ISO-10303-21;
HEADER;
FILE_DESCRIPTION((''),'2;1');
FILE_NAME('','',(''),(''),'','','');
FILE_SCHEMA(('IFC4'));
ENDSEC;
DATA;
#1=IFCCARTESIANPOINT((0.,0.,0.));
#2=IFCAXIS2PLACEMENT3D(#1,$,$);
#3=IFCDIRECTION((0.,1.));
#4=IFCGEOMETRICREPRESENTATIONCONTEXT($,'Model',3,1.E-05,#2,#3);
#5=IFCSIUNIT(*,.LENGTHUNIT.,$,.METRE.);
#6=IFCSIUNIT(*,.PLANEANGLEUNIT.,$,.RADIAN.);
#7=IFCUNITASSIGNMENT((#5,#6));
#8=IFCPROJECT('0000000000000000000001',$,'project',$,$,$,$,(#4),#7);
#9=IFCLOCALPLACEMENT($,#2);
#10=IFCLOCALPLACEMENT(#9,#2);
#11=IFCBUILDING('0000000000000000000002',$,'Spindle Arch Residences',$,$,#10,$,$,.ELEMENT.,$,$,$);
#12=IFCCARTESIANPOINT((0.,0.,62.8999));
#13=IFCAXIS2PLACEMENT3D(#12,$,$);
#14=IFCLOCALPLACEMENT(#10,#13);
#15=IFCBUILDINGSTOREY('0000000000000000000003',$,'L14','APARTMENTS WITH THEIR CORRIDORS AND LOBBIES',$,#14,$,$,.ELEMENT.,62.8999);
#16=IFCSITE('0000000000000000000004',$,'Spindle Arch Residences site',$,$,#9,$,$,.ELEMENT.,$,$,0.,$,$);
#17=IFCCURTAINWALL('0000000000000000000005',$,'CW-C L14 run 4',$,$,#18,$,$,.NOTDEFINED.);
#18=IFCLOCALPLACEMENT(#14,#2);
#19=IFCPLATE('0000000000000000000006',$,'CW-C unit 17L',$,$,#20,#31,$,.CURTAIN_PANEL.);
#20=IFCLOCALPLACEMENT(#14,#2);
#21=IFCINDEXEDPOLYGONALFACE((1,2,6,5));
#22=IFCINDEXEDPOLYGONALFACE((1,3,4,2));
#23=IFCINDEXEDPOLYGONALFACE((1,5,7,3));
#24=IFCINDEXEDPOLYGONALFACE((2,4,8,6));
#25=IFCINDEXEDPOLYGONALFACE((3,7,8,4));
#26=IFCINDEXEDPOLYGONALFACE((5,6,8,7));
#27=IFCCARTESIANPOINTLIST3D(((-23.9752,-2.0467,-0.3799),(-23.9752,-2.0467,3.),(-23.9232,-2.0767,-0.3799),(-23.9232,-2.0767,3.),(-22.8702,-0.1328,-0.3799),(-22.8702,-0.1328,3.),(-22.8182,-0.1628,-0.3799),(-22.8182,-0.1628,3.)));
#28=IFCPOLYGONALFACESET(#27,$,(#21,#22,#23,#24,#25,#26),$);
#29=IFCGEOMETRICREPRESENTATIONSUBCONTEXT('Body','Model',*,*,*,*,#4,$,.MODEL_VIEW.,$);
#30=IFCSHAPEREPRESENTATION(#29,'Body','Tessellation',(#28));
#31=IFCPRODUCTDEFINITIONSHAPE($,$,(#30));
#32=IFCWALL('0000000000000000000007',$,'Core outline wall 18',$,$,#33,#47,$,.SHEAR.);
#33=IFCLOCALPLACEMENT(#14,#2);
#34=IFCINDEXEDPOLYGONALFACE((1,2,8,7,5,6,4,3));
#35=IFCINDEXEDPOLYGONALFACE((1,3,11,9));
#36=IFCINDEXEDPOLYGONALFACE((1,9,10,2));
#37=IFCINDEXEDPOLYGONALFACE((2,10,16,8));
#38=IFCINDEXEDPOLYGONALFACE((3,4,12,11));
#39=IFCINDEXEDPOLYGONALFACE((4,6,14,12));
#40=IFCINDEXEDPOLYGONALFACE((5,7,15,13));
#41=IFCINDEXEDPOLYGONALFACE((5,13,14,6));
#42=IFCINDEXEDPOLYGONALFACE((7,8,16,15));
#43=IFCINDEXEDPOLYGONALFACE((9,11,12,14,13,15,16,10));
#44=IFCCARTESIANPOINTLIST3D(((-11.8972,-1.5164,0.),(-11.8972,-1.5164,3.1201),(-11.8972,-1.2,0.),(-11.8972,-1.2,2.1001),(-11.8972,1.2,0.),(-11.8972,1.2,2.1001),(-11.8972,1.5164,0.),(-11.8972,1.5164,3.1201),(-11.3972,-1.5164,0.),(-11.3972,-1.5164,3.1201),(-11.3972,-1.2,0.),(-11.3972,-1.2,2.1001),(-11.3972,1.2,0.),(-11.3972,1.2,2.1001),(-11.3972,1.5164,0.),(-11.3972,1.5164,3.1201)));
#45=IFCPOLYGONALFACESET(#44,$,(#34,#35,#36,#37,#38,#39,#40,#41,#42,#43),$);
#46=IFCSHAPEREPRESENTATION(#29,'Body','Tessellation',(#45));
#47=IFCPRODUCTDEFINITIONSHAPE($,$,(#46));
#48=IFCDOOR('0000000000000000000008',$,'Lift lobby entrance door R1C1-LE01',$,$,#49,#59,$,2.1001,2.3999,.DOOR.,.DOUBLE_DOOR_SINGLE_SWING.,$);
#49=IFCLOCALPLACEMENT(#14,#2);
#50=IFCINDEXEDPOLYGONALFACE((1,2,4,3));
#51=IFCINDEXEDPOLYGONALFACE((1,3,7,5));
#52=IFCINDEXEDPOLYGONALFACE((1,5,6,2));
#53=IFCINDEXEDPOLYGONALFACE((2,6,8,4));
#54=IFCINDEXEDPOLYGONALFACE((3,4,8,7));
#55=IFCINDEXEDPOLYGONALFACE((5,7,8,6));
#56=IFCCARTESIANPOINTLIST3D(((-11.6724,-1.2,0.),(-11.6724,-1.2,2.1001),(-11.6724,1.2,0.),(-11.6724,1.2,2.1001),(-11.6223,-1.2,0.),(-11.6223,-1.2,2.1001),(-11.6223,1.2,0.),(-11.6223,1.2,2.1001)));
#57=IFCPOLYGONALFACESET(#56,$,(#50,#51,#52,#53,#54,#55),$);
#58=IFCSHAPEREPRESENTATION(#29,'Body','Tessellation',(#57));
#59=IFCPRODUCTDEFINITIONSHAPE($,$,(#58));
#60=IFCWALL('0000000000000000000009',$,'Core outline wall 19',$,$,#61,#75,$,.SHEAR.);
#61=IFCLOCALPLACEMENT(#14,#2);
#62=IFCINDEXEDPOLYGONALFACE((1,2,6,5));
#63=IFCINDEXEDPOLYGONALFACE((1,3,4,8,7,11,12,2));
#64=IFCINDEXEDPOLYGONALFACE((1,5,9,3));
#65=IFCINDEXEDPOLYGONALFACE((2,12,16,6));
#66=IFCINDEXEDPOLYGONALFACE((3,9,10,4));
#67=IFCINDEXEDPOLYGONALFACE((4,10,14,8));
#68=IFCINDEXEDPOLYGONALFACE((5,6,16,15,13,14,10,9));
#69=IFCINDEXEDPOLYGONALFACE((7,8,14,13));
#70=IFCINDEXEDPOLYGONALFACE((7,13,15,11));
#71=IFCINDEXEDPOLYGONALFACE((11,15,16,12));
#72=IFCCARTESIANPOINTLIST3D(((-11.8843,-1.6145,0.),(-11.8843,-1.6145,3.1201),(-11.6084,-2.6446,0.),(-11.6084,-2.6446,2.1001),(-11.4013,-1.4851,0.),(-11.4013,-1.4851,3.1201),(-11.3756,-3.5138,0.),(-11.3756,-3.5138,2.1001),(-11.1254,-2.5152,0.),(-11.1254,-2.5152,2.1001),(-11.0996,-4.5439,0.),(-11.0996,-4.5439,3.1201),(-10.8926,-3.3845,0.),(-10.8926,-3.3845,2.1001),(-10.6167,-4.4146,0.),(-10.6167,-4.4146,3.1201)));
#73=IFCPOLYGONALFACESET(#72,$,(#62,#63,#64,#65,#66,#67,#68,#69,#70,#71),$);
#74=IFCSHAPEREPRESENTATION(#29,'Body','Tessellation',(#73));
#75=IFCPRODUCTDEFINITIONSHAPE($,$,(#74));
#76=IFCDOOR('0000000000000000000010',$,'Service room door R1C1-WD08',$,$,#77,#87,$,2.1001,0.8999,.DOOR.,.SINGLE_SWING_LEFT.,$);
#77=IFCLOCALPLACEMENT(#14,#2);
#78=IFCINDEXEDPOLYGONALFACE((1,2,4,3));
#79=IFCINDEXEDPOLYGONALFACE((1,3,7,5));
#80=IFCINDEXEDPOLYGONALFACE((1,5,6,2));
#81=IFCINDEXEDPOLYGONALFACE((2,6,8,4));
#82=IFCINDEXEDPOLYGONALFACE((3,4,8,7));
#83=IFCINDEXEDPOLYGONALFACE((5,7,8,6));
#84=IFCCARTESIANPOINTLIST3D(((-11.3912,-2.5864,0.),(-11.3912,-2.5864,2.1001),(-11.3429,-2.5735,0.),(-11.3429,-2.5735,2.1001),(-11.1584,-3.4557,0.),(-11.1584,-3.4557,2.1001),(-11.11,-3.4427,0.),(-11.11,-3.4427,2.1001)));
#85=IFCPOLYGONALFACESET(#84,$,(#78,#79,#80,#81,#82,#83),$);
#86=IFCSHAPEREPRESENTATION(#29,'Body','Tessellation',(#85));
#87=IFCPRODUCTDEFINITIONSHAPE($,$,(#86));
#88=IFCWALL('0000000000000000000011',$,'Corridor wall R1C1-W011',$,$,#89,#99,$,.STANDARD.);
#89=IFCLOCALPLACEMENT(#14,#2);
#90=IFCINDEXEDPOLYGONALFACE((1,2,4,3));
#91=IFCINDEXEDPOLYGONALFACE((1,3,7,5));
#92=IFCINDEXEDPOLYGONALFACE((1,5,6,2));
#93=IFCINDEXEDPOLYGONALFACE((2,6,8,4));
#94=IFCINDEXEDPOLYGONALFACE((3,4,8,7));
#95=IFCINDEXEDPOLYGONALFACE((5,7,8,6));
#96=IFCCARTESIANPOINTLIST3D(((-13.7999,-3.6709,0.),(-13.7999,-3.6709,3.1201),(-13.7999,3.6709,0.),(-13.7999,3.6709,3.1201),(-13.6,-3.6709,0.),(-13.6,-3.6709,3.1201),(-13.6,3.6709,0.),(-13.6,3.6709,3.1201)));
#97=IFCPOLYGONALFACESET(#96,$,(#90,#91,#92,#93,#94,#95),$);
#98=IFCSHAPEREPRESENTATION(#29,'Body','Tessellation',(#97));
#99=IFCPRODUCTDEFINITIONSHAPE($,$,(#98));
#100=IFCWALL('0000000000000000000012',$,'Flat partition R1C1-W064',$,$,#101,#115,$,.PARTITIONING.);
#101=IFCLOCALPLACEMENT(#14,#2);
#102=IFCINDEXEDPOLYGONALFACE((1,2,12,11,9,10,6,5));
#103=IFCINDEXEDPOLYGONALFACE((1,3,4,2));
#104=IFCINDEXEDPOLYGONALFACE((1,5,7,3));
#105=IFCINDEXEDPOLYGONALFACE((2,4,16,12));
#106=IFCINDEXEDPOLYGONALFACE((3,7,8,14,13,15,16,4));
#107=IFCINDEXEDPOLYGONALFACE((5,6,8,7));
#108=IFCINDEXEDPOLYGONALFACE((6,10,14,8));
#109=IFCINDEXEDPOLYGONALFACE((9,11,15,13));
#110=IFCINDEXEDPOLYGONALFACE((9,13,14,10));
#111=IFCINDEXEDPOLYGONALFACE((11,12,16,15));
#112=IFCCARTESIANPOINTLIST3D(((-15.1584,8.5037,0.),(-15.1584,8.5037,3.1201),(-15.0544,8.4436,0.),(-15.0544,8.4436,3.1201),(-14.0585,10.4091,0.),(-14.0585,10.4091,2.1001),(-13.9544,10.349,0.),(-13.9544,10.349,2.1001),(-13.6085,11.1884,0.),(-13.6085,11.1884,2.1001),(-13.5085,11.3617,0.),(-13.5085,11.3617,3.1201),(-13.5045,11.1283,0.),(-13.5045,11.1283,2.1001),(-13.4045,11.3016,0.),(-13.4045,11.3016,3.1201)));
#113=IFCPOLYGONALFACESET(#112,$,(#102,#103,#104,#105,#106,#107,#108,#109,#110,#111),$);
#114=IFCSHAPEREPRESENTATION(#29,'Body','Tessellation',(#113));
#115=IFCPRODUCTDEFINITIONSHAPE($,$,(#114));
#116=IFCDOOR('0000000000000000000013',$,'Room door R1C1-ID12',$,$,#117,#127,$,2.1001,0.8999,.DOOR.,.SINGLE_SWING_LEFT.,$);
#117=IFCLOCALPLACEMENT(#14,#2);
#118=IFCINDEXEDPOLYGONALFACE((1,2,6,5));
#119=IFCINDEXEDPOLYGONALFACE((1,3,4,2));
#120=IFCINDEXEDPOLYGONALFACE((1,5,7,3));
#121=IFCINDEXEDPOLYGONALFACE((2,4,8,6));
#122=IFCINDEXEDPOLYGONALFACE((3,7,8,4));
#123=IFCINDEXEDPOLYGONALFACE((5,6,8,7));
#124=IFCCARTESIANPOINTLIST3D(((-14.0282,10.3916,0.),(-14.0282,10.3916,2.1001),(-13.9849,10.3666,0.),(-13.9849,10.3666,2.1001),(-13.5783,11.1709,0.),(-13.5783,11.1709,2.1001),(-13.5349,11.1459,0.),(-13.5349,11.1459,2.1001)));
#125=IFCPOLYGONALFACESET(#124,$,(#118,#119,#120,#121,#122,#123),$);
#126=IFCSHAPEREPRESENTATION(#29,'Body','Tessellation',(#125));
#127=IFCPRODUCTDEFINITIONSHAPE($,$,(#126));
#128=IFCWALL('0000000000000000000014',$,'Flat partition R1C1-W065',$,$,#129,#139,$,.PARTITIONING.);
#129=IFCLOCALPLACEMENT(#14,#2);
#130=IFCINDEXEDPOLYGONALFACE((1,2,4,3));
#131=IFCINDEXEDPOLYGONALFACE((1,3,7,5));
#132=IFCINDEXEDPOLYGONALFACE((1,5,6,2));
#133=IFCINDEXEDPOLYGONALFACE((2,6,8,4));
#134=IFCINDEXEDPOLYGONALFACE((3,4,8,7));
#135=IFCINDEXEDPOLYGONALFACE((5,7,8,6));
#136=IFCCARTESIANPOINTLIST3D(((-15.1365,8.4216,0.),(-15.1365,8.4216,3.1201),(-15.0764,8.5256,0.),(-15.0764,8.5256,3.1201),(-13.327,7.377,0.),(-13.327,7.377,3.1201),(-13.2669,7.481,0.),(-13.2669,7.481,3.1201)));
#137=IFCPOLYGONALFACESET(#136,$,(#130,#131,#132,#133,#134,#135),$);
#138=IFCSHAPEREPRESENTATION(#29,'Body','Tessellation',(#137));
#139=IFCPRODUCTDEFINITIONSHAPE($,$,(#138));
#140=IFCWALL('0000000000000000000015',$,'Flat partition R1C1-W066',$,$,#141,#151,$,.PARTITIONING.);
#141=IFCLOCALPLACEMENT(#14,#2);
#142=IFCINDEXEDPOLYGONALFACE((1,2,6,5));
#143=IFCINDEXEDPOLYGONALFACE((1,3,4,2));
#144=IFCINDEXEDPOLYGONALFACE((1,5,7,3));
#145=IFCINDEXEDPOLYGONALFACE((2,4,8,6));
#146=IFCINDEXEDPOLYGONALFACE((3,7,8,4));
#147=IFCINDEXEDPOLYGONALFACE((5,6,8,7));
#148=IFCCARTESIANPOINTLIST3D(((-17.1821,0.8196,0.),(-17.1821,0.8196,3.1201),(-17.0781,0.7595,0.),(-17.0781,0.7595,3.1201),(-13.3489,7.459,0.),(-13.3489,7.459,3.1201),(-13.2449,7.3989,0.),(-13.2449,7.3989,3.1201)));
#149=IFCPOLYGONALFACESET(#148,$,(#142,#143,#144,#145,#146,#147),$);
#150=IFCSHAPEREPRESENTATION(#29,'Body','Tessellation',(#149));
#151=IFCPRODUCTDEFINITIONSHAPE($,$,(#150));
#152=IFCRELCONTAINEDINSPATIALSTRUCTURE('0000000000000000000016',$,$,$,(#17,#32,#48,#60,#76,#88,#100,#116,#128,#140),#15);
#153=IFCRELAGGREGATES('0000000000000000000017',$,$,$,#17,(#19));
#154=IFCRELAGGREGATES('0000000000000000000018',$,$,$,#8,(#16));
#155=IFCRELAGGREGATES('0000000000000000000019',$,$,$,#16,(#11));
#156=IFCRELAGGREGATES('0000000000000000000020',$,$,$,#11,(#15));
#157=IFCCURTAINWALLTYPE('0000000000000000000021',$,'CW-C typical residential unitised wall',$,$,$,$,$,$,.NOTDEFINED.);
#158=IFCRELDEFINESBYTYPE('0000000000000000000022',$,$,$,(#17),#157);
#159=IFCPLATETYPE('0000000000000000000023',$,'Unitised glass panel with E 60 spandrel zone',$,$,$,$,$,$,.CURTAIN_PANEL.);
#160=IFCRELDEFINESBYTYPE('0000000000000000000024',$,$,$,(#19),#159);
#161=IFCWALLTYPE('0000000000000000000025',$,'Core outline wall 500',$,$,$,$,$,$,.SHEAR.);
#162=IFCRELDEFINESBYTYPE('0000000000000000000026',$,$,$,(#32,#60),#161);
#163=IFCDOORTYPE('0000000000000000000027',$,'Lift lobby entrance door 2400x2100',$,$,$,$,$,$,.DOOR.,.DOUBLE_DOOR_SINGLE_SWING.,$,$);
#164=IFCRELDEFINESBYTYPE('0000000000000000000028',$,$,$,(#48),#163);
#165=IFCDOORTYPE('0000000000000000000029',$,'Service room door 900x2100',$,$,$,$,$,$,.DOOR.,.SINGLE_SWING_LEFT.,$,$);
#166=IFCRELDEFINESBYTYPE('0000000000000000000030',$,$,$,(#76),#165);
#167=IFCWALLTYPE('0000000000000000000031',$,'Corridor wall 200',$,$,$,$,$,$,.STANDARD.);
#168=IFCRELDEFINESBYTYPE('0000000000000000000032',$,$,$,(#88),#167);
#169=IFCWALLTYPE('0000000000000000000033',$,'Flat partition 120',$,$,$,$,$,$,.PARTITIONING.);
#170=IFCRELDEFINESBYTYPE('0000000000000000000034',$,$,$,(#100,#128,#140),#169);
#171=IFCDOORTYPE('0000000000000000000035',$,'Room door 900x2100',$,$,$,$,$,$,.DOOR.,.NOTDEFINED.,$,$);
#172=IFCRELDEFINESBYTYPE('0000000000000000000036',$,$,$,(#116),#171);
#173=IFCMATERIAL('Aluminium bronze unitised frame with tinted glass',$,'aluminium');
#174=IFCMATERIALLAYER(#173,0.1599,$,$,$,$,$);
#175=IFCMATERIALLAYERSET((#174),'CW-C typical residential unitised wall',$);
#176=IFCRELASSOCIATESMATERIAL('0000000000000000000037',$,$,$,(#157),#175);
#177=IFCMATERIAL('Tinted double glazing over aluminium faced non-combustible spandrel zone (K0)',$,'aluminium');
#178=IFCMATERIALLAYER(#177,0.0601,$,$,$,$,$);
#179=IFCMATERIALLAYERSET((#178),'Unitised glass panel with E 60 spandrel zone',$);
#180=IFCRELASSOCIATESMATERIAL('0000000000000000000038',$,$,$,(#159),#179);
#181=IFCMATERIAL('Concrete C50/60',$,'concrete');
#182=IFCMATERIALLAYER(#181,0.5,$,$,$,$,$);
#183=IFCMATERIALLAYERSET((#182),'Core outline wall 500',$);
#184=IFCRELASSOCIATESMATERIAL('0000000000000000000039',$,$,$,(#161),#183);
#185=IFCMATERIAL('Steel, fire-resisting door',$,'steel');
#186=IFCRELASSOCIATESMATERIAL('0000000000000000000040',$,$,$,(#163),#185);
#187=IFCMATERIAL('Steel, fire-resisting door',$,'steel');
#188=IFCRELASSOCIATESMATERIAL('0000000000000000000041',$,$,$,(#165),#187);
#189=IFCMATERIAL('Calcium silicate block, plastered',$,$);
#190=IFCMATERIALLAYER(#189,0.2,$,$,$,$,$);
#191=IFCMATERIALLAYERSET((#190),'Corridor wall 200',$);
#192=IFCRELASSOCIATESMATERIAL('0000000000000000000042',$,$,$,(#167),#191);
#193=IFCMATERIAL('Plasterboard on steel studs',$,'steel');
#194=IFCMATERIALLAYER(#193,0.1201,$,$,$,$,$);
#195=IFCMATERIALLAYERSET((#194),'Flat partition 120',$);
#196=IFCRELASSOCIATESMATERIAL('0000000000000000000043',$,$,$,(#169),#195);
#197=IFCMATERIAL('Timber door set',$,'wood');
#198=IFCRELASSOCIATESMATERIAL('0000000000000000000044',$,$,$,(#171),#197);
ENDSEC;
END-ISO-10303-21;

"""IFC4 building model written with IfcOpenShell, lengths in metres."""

from ifc_helpers import new_model, si_unit, direction, frame, frame_2d, origin, origin_2d, place, context, subcontext, project, spatial, rectangle, extrude, material, layer, layer_set, type_object, element, fill, aggregate, save


model = new_model("IFC4")

# Units and contexts
model_context = context("Model", 3, precision=1e-05, world=origin(), true_north=direction((0.0, 1.0)))
body_context = subcontext(model_context, "Body", "Model", "MODEL_VIEW")
ifc_project = project(units=[si_unit("LENGTHUNIT", "METRE"), si_unit("PLANEANGLEUNIT", "RADIAN")], contexts=[model_context])

# Site, building, storey
site_placement = place(None, origin())
site = spatial("IfcSite", under=ifc_project, at=site_placement, Name="Spindle Arch Residences site", CompositionType="ELEMENT", RefElevation=0.0)
building_placement = place(site_placement, origin())
building = spatial("IfcBuilding", under=site, at=building_placement, Name="Spindle Arch Residences", CompositionType="ELEMENT")
storey_placement = place(building_placement, frame((0.0, 0.0, 62.8999)))
storey = spatial("IfcBuildingStorey", under=building, at=storey_placement, Name="L14", Description="APARTMENTS WITH THEIR CORRIDORS AND LOBBIES", CompositionType="ELEMENT", Elevation=62.8999)

# Curtain wall
ifc_material_1 = material(Name="Aluminium bronze unitised frame with tinted glass", Category="aluminium")
ifc_layer_1 = layer(ifc_material_1, 0.1599)
ifc_layer_set_1 = layer_set([ifc_layer_1], Name="CW-C typical residential unitised wall")
curtain_wall_type = type_object("IfcCurtainWallType", Name="CW-C typical residential unitised wall", PredefinedType="NOTDEFINED", material=ifc_layer_set_1)
curtain_wall_placement = place(storey_placement, origin())
curtain_wall = element("IfcCurtainWall", 1, at=curtain_wall_placement, inside=storey, type_object=curtain_wall_type, Name="CW-C L14 run 4", PredefinedType="NOTDEFINED")

# Plate
ifc_material_2 = material(Name="Tinted double glazing over aluminium faced non-combustible spandrel zone (K0)", Category="aluminium")
ifc_layer_2 = layer(ifc_material_2, 0.0601)
ifc_layer_set_2 = layer_set([ifc_layer_2], Name="Unitised glass panel with E 60 spandrel zone")
plate_type = type_object("IfcPlateType", Name="Unitised glass panel with E 60 spandrel zone", PredefinedType="CURTAIN_PANEL", material=ifc_layer_set_2)
plate_1_placement = place(storey_placement, frame((-23.3967, -1.1047, -0.3799), z_axis=(0.0, 0.0, 1.0), x_axis=(-0.5, -0.866025, 0.0)))
plate_1 = element("IfcPlate", 2, at=plate_1_placement, type_object=plate_type, Name="CW-C unit 17L", PredefinedType="CURTAIN_PANEL", context=body_context, shape_type="SweptSolid", body=[
    extrude(rectangle(XDim=2.21, YDim=0.0601, at=origin_2d()), origin(), (0.0, 0.0, 1.0), 3.3799),
])
aggregate(curtain_wall, [plate_1])

# Walls, openings, doors
ifc_material_3 = material(Name="Concrete C50/60", Category="concrete")
ifc_layer_3 = layer(ifc_material_3, 0.5)
ifc_layer_set_3 = layer_set([ifc_layer_3], Name="Core outline wall 500")
wall_type_1 = type_object("IfcWallType", Name="Core outline wall 500", PredefinedType="SHEAR", material=ifc_layer_set_3)
wall_1_placement = place(storey_placement, frame((-11.6472, 1.5164, 0.0), z_axis=(0.0, 0.0, 1.0), x_axis=(0.0, -1.0, 0.0)))
wall_1 = element("IfcWall", 3, at=wall_1_placement, inside=storey, type_object=wall_type_1, Name="Core outline wall 18", PredefinedType="SHEAR", context=body_context, shape_type="SweptSolid", body=[
    extrude(rectangle(XDim=3.0327, YDim=0.5, at=frame_2d((1.5164, 0.0))), origin(), (0.0, 0.0, 1.0), 3.1201),
])
opening_1_placement = place(wall_1_placement, frame((0.3164, 0.0, 0.0)))
opening_1 = element("IfcOpeningElement", 4, at=opening_1_placement, cuts=wall_1, PredefinedType="OPENING", context=body_context, shape_type="SweptSolid", body=[
    extrude(rectangle(XDim=2.3999, YDim=2.1001, at=frame_2d((1.2, 1.05))), frame((0.0, 0.26, 0.0), z_axis=(0.0, -1.0, 0.0), x_axis=(1.0, 0.0, 0.0)), (0.0, 0.0, 1.0), 0.52),
])
ifc_material_4 = material(Name="Steel, fire-resisting door", Category="steel")
door_type_1 = type_object("IfcDoorType", Name="Lift lobby entrance door 2400x2100", OperationType="DOUBLE_DOOR_SINGLE_SWING", PredefinedType="DOOR", material=ifc_material_4)
door_1_placement = place(opening_1_placement, origin())
door_1 = element("IfcDoor", 5, at=door_1_placement, inside=storey, type_object=door_type_1, Name="Lift lobby entrance door R1C1-LE01", OperationType="DOUBLE_DOOR_SINGLE_SWING", OverallHeight=2.1001, OverallWidth=2.3999, PredefinedType="DOOR", context=body_context, shape_type="SweptSolid", body=[
    extrude(rectangle(XDim=2.3999, YDim=2.1001, at=frame_2d((1.2, 1.05))), frame((0.0, 0.0249, 0.0), z_axis=(0.0, -1.0, 0.0), x_axis=(1.0, 0.0, 0.0)), (0.0, 0.0, 1.0), 0.05),
])
fill(opening_1, door_1)
wall_2_placement = place(storey_placement, frame((-11.6428, -1.5498, 0.0), z_axis=(0.0, 0.0, 1.0), x_axis=(0.258735, -0.965948, 0.0)))
wall_2 = element("IfcWall", 6, at=wall_2_placement, inside=storey, type_object=wall_type_1, Name="Core outline wall 19", PredefinedType="SHEAR", context=body_context, shape_type="SweptSolid", body=[
    extrude(rectangle(XDim=3.0327, YDim=0.5, at=frame_2d((1.5164, 0.0))), origin(), (0.0, 0.0, 1.0), 3.1201),
])
opening_2_placement = place(wall_2_placement, frame((1.0664, 0.0, 0.0)))
opening_2 = element("IfcOpeningElement", 7, at=opening_2_placement, cuts=wall_2, PredefinedType="OPENING", context=body_context, shape_type="SweptSolid", body=[
    extrude(rectangle(XDim=0.8999, YDim=2.1001, at=frame_2d((0.45, 1.05))), frame((0.0, 0.26, 0.0), z_axis=(0.0, -1.0, 0.0), x_axis=(1.0, 0.0, 0.0)), (0.0, 0.0, 1.0), 0.52),
])
ifc_material_5 = material(Name="Steel, fire-resisting door", Category="steel")
door_type_2 = type_object("IfcDoorType", Name="Service room door 900x2100", OperationType="SINGLE_SWING_LEFT", PredefinedType="DOOR", material=ifc_material_5)
door_2_placement = place(opening_2_placement, origin())
door_2 = element("IfcDoor", 8, at=door_2_placement, inside=storey, type_object=door_type_2, Name="Service room door R1C1-WD08", OperationType="SINGLE_SWING_LEFT", OverallHeight=2.1001, OverallWidth=0.8999, PredefinedType="DOOR", context=body_context, shape_type="SweptSolid", body=[
    extrude(rectangle(XDim=0.8999, YDim=2.1001, at=frame_2d((0.45, 1.05))), frame((0.0, 0.0249, 0.0), z_axis=(0.0, -1.0, 0.0), x_axis=(1.0, 0.0, 0.0)), (0.0, 0.0, 1.0), 0.05),
])
fill(opening_2, door_2)

# Wall
ifc_material_6 = material(Name="Calcium silicate block, plastered")
ifc_layer_4 = layer(ifc_material_6, 0.2)
ifc_layer_set_4 = layer_set([ifc_layer_4], Name="Corridor wall 200")
wall_type_2 = type_object("IfcWallType", Name="Corridor wall 200", PredefinedType="STANDARD", material=ifc_layer_set_4)
wall_3_placement = place(storey_placement, frame((-13.7, 3.6709, 0.0), z_axis=(0.0, 0.0, 1.0), x_axis=(0.0, -1.0, 0.0)))
element("IfcWall", 9, at=wall_3_placement, inside=storey, type_object=wall_type_2, Name="Corridor wall R1C1-W011", PredefinedType="STANDARD", context=body_context, shape_type="SweptSolid", body=[
    extrude(rectangle(XDim=7.3418, YDim=0.2, at=frame_2d((3.6709, 0.0))), origin(), (0.0, 0.0, 1.0), 3.1201),
])

# Wall, opening, door
ifc_material_7 = material(Name="Plasterboard on steel studs", Category="steel")
ifc_layer_5 = layer(ifc_material_7, 0.1201)
ifc_layer_set_5 = layer_set([ifc_layer_5], Name="Flat partition 120")
wall_type_3 = type_object("IfcWallType", Name="Flat partition 120", PredefinedType="PARTITIONING", material=ifc_layer_set_5)
wall_4_placement = place(storey_placement, frame((-13.4565, 11.3315, 0.0), z_axis=(0.0, 0.0, 1.0), x_axis=(-0.499974, -0.86604, 0.0)))
wall_4 = element("IfcWall", 10, at=wall_4_placement, inside=storey, type_object=wall_type_3, Name="Flat partition R1C1-W064", PredefinedType="PARTITIONING", context=body_context, shape_type="SweptSolid", body=[
    extrude(rectangle(XDim=3.3, YDim=0.1201, at=frame_2d((1.6499, 0.0))), origin(), (0.0, 0.0, 1.0), 3.1201),
])
opening_3_placement = place(wall_4_placement, frame((0.2, 0.0, 0.0)))
opening_3 = element("IfcOpeningElement", 11, at=opening_3_placement, cuts=wall_4, PredefinedType="OPENING", context=body_context, shape_type="SweptSolid", body=[
    extrude(rectangle(XDim=0.8999, YDim=2.1001, at=frame_2d((0.45, 1.05))), frame((0.0, 0.0701, 0.0), z_axis=(0.0, -1.0, 0.0), x_axis=(1.0, 0.0, 0.0)), (0.0, 0.0, 1.0), 0.1401),
])
ifc_material_8 = material(Name="Timber door set", Category="wood")
door_type_3 = type_object("IfcDoorType", Name="Room door 900x2100", OperationType="NOTDEFINED", PredefinedType="DOOR", material=ifc_material_8)
door_3_placement = place(opening_3_placement, origin())
door_3 = element("IfcDoor", 12, at=door_3_placement, inside=storey, type_object=door_type_3, Name="Room door R1C1-ID12", OperationType="SINGLE_SWING_LEFT", OverallHeight=2.1001, OverallWidth=0.8999, PredefinedType="DOOR", context=body_context, shape_type="SweptSolid", body=[
    extrude(rectangle(XDim=0.8999, YDim=2.1001, at=frame_2d((0.45, 1.05))), frame((0.0, 0.0249, 0.0), z_axis=(0.0, -1.0, 0.0), x_axis=(1.0, 0.0, 0.0)), (0.0, 0.0, 1.0), 0.05),
])
fill(opening_3, door_3)

# Walls
wall_5_placement = place(storey_placement, frame((-15.1064, 8.4736, 0.0), z_axis=(0.0, 0.0, 1.0), x_axis=(0.866042, -0.499972, 0.0)))
element("IfcWall", 13, at=wall_5_placement, inside=storey, type_object=wall_type_3, Name="Flat partition R1C1-W065", PredefinedType="PARTITIONING", context=body_context, shape_type="SweptSolid", body=[
    extrude(rectangle(XDim=2.0894, YDim=0.1201, at=frame_2d((1.0447, 0.0))), origin(), (0.0, 0.0, 1.0), 3.1201),
])
wall_6_placement = place(storey_placement, frame((-13.2969, 7.429, 0.0), z_axis=(0.0, 0.0, 1.0), x_axis=(-0.499999, -0.866026, 0.0)))
element("IfcWall", 14, at=wall_6_placement, inside=storey, type_object=wall_type_3, Name="Flat partition R1C1-W066", PredefinedType="PARTITIONING", context=body_context, shape_type="SweptSolid", body=[
    extrude(rectangle(XDim=7.6665, YDim=0.1201, at=frame_2d((3.8333, 0.0))), origin(), (0.0, 0.0, 1.0), 3.1201),
])

save(model, "model.ifc")
